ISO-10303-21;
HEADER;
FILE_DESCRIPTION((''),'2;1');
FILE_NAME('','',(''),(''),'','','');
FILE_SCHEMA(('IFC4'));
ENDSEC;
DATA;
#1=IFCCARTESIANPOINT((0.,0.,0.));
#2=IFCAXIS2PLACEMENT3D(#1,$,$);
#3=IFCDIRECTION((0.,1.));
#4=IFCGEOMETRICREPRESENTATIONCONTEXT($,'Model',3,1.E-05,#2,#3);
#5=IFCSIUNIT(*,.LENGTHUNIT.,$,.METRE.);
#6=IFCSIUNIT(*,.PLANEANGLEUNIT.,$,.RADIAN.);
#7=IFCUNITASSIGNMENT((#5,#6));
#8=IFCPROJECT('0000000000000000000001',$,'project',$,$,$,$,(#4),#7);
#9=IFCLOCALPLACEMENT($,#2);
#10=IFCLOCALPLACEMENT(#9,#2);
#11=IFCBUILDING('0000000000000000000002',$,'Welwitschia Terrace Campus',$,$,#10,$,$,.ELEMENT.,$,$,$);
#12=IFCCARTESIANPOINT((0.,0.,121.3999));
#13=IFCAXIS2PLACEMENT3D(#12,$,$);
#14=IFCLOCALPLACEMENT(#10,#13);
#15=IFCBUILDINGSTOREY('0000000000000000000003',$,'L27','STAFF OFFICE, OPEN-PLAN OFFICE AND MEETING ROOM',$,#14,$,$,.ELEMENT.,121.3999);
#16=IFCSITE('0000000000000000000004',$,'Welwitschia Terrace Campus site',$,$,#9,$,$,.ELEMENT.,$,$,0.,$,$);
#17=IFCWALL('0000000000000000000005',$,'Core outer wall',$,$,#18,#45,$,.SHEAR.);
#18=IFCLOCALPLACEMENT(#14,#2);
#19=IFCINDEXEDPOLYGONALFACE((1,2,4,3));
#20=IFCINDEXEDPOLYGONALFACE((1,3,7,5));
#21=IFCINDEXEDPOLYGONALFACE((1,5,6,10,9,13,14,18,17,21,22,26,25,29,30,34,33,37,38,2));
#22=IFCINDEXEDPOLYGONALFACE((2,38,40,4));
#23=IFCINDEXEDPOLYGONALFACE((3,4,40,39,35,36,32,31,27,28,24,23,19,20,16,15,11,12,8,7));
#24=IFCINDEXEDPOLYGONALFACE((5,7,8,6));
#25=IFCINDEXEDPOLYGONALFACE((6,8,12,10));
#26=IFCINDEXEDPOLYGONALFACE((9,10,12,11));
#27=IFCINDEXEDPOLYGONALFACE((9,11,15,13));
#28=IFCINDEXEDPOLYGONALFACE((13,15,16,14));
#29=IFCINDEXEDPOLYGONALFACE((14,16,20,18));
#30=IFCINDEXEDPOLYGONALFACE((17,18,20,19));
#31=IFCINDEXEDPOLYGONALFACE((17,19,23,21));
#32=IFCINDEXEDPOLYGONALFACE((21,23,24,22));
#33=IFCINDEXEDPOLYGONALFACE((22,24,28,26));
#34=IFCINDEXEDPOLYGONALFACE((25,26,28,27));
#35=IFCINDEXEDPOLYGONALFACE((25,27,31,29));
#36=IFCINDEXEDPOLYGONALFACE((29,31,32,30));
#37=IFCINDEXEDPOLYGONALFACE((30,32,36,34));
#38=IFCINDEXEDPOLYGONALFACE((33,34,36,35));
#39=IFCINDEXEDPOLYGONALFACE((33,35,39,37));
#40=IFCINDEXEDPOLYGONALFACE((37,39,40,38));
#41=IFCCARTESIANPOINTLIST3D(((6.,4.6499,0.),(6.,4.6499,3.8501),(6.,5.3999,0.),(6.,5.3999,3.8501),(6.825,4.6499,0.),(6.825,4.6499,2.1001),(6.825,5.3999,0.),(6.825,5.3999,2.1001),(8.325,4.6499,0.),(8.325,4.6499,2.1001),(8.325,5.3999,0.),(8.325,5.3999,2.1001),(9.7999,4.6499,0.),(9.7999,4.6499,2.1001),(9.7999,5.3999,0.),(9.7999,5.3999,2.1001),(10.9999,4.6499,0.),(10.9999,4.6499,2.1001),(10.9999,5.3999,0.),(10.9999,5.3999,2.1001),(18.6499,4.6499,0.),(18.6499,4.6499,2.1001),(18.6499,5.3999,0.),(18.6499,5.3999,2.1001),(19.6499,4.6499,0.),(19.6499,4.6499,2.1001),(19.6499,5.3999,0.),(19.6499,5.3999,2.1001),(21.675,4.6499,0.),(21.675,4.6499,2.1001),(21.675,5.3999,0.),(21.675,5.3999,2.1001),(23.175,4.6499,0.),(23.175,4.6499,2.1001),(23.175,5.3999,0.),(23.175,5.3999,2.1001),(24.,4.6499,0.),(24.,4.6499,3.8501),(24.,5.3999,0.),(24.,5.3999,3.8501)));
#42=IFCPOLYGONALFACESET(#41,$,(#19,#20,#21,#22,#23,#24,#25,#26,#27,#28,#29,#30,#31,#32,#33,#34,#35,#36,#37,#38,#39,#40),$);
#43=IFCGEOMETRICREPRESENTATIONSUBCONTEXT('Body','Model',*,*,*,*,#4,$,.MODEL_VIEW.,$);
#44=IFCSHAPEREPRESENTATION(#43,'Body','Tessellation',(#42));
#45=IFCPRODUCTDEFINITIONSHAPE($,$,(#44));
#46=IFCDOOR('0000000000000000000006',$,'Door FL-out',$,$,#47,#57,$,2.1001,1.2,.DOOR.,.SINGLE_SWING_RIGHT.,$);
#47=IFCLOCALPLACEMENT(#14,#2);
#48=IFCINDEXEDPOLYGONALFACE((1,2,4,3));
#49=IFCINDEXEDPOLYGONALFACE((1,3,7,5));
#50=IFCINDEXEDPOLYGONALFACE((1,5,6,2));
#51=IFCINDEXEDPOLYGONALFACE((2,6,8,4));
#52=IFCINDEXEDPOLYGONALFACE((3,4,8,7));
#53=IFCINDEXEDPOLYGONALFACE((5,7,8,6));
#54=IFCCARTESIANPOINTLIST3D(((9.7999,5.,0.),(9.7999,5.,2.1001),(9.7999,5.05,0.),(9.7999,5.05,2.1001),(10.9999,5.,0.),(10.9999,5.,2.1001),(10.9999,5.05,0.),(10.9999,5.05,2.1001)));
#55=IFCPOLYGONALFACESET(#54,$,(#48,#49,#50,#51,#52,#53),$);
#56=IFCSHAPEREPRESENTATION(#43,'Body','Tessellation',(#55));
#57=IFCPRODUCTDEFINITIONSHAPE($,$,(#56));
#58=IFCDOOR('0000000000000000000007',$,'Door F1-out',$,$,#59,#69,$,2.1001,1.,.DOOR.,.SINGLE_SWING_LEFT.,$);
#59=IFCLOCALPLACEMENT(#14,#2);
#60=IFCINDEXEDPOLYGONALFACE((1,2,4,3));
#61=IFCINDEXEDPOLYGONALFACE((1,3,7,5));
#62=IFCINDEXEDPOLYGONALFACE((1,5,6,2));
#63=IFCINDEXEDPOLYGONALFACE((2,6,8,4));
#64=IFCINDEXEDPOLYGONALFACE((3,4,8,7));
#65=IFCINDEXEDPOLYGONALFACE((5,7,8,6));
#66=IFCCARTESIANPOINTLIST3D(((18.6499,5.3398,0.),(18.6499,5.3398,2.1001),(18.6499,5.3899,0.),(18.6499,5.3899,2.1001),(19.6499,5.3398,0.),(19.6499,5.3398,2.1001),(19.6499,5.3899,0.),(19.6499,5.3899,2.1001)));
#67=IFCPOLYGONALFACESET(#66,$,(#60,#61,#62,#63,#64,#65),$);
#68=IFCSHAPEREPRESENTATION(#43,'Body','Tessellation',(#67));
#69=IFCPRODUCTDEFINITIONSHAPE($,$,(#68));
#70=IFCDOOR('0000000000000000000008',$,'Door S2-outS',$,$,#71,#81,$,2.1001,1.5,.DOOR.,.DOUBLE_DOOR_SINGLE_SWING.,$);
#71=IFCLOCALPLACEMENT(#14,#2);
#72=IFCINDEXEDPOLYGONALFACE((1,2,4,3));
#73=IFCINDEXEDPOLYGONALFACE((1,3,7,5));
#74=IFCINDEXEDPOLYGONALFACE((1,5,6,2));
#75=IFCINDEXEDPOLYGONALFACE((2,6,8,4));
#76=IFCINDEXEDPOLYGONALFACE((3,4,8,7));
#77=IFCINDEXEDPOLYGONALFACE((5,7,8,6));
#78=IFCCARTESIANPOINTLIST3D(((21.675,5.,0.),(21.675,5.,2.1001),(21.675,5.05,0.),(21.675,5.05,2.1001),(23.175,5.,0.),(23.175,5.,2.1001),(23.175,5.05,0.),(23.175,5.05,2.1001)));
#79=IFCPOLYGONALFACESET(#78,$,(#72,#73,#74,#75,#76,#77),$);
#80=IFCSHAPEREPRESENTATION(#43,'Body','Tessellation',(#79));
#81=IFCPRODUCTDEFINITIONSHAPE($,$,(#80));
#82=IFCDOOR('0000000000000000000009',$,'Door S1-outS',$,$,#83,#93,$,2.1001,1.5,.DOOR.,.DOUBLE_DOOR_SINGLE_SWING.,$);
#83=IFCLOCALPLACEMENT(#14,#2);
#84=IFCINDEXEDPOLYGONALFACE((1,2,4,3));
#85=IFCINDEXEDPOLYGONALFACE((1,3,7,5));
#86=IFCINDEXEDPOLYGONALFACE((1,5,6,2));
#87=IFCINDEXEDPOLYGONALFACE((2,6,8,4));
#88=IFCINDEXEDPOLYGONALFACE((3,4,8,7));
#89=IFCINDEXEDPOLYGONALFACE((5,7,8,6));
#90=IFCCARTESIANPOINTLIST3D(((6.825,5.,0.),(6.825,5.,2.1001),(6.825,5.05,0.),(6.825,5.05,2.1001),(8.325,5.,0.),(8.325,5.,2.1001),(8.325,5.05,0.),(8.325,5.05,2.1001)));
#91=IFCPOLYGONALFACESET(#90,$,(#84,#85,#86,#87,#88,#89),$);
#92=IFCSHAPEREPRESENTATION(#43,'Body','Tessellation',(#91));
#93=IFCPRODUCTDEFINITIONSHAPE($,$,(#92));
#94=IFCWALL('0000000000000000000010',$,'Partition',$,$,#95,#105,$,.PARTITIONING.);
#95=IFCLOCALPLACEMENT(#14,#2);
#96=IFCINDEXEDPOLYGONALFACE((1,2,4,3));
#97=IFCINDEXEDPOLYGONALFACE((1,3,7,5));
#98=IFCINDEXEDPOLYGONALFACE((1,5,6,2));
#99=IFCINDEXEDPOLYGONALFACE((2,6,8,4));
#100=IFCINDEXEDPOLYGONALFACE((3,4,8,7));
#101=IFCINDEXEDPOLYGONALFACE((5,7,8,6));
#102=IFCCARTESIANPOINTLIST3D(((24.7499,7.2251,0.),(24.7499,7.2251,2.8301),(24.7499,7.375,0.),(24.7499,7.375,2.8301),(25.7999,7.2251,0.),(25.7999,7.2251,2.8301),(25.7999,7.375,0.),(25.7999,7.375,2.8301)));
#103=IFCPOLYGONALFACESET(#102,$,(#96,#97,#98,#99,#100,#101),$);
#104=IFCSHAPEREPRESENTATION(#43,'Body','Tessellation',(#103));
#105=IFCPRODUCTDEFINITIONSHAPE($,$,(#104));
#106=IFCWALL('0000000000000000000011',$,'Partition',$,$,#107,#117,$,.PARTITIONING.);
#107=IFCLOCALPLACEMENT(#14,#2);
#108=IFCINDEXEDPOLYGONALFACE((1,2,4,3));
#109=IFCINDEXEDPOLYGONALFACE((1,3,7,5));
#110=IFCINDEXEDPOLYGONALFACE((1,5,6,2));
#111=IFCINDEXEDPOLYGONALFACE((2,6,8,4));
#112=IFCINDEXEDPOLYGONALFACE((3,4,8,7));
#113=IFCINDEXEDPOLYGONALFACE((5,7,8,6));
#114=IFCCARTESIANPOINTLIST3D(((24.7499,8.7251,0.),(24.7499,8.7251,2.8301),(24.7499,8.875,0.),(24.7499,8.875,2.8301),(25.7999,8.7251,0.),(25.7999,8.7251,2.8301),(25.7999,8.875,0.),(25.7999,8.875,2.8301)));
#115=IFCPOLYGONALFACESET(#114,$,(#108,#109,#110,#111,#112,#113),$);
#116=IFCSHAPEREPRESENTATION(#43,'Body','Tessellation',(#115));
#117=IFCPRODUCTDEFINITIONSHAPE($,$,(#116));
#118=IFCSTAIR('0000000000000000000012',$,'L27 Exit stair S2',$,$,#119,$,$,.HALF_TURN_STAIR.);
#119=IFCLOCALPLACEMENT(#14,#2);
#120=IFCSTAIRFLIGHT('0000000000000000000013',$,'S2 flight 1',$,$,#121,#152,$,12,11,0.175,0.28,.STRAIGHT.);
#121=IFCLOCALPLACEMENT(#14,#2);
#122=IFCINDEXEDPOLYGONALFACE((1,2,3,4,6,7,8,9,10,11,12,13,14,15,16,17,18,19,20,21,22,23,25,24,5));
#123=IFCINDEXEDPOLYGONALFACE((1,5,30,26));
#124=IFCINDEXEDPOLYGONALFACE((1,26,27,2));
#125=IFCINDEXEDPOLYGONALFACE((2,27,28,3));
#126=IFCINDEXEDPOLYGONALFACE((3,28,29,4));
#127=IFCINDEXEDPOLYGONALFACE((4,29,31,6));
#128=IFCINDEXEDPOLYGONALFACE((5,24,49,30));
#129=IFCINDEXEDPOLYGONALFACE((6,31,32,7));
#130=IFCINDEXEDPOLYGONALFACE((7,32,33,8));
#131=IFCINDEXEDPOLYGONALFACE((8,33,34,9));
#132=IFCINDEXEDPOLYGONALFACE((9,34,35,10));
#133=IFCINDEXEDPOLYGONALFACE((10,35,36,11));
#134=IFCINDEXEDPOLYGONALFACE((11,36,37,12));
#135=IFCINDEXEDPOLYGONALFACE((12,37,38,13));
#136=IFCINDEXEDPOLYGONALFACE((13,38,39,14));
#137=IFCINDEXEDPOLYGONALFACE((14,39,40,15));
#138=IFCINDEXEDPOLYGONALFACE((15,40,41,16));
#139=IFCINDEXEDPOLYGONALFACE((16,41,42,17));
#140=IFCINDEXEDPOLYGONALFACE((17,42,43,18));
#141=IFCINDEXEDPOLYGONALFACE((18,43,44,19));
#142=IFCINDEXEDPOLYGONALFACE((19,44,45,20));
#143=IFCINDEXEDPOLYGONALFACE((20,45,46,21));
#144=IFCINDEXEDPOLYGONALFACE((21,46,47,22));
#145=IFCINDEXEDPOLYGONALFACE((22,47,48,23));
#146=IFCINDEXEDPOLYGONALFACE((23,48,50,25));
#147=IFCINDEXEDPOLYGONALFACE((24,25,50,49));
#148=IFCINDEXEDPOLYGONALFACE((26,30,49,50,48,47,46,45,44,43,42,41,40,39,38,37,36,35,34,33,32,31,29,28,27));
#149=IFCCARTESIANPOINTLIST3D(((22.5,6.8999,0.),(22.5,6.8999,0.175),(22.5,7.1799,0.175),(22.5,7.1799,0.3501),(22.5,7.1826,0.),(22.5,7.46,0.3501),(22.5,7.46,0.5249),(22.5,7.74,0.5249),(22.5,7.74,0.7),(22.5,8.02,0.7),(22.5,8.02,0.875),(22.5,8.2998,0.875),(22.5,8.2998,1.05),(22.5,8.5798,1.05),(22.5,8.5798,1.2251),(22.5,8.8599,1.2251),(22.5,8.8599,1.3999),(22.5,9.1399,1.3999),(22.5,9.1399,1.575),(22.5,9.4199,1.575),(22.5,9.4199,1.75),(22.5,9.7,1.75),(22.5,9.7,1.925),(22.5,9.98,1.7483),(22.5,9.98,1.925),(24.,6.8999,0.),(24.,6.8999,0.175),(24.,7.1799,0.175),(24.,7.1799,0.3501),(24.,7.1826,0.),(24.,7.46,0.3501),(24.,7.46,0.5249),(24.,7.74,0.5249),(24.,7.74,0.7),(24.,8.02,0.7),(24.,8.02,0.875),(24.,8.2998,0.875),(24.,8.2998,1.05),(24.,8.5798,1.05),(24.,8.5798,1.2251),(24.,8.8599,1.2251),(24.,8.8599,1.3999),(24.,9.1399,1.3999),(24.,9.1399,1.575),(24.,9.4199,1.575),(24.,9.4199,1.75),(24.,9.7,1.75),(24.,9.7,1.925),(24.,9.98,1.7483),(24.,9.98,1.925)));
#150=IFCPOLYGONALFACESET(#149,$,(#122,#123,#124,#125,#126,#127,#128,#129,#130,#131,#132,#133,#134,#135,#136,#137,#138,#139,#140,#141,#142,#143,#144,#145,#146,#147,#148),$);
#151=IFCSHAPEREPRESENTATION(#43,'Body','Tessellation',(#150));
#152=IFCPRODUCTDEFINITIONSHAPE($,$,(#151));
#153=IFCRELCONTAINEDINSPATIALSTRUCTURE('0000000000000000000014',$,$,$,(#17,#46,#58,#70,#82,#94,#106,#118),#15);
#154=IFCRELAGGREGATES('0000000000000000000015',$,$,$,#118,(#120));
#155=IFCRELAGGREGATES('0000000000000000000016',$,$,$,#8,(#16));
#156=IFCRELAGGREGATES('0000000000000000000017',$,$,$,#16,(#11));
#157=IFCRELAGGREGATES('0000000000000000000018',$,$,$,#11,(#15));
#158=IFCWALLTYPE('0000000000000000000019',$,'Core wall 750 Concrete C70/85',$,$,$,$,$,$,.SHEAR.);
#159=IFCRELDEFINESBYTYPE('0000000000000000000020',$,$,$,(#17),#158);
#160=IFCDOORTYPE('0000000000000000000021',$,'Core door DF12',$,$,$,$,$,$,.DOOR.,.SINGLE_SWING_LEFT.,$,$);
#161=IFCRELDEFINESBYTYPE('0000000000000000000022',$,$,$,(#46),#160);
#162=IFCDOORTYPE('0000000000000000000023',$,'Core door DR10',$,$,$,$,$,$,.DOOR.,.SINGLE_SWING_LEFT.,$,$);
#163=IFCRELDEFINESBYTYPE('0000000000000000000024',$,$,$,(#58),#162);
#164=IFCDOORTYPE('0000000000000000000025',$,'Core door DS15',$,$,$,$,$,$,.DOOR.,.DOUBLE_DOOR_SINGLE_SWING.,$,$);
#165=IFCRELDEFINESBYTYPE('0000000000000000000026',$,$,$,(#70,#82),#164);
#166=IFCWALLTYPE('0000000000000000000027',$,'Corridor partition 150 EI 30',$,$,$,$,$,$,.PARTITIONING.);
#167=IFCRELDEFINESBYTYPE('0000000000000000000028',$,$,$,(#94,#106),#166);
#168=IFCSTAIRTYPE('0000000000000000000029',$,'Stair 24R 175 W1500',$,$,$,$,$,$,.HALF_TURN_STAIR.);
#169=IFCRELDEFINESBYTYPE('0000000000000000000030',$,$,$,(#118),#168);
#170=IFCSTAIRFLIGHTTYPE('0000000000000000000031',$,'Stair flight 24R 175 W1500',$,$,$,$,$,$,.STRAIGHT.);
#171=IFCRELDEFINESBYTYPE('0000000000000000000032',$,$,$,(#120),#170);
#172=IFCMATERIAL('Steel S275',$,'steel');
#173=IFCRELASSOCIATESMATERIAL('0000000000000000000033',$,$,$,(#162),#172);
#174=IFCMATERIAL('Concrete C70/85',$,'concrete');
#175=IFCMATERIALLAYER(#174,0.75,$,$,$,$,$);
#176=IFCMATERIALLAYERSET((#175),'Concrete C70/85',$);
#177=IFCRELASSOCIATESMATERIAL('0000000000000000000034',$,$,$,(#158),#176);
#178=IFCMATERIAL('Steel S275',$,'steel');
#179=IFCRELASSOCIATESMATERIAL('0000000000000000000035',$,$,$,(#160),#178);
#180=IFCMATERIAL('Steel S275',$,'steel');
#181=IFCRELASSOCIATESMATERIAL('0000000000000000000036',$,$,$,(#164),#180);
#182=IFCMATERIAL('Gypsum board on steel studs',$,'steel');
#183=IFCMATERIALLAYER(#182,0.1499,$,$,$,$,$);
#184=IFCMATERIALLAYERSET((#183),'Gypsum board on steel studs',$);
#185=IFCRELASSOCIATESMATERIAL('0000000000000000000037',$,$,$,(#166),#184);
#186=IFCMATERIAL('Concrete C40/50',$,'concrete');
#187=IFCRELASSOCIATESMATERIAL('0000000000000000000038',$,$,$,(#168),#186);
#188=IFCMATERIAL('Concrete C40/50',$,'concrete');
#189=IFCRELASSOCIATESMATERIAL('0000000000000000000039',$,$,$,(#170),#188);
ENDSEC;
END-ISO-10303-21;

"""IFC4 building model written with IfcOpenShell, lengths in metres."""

from ifc_helpers import new_model, si_unit, direction, frame, frame_2d, origin, place, context, subcontext, project, spatial, polyline, rectangle, outline, extrude, material, layer, layer_set, type_object, element, fill, aggregate, save


model = new_model("IFC4")

# Units and contexts
model_context = context("Model", 3, precision=1e-05, world=origin(), true_north=direction((0.0, 1.0)))
body_context = subcontext(model_context, "Body", "Model", "MODEL_VIEW")
ifc_project = project(units=[si_unit("LENGTHUNIT", "METRE"), si_unit("PLANEANGLEUNIT", "RADIAN")], contexts=[model_context])

# Site, building, storey
site_placement = place(None, origin())
site = spatial("IfcSite", under=ifc_project, at=site_placement, Name="Welwitschia Terrace Campus site", CompositionType="ELEMENT", RefElevation=0.0)
building_placement = place(site_placement, origin())
building = spatial("IfcBuilding", under=site, at=building_placement, Name="Welwitschia Terrace Campus", CompositionType="ELEMENT")
storey_placement = place(building_placement, frame((0.0, 0.0, 121.3999)))
storey = spatial("IfcBuildingStorey", under=building, at=storey_placement, Name="L27", Description="STAFF OFFICE, OPEN-PLAN OFFICE AND MEETING ROOM", CompositionType="ELEMENT", Elevation=121.3999)

# Shared definitions
ifc_material_1 = material(Name="Steel S275", Category="steel")
door_type_1 = type_object("IfcDoorType", Name="Core door DR10", OperationType="SINGLE_SWING_LEFT", PredefinedType="DOOR", material=ifc_material_1)

# Wall, openings, doors
ifc_material_2 = material(Name="Concrete C70/85", Category="concrete")
ifc_layer_1 = layer(ifc_material_2, 0.75)
ifc_layer_set_1 = layer_set([ifc_layer_1], Name="Concrete C70/85")
wall_type_1 = type_object("IfcWallType", Name="Core wall 750 Concrete C70/85", PredefinedType="SHEAR", material=ifc_layer_set_1)
wall_1_placement = place(storey_placement, frame((24.0, 5.0249, 0.0), z_axis=(0.0, 0.0, 1.0), x_axis=(-1.0, 0.0, 0.0)))
wall_1 = element("IfcWall", 1, at=wall_1_placement, inside=storey, type_object=wall_type_1, Name="Core outer wall", PredefinedType="SHEAR", context=body_context, shape_type="SweptSolid", body=[
    extrude(rectangle(XDim=18.0, YDim=0.75, at=frame_2d((9.0, 0.0))), origin(), (0.0, 0.0, 1.0), 3.8501),
])
opening_1_placement = place(wall_1_placement, frame((0.825, 0.0, 0.0)))
opening_1 = element("IfcOpeningElement", 2, at=opening_1_placement, cuts=wall_1, PredefinedType="OPENING", context=body_context, shape_type="SweptSolid", body=[
    extrude(rectangle(XDim=1.5, YDim=2.1001, at=frame_2d((0.75, 1.05))), frame((0.0, 0.385, 0.0), z_axis=(0.0, -1.0, 0.0), x_axis=(1.0, 0.0, 0.0)), (0.0, 0.0, 1.0), 0.77),
])
opening_2_placement = place(wall_1_placement, frame((15.675, 0.0, 0.0)))
opening_2 = element("IfcOpeningElement", 3, at=opening_2_placement, cuts=wall_1, PredefinedType="OPENING", context=body_context, shape_type="SweptSolid", body=[
    extrude(rectangle(XDim=1.5, YDim=2.1001, at=frame_2d((0.75, 1.05))), frame((0.0, 0.385, 0.0), z_axis=(0.0, -1.0, 0.0), x_axis=(1.0, 0.0, 0.0)), (0.0, 0.0, 1.0), 0.77),
])
opening_3_placement = place(wall_1_placement, frame((13.0, 0.0, 0.0)))
opening_3 = element("IfcOpeningElement", 4, at=opening_3_placement, cuts=wall_1, PredefinedType="OPENING", context=body_context, shape_type="SweptSolid", body=[
    extrude(rectangle(XDim=1.2, YDim=2.1001, at=frame_2d((0.6001, 1.05))), frame((0.0, 0.385, 0.0), z_axis=(0.0, -1.0, 0.0), x_axis=(1.0, 0.0, 0.0)), (0.0, 0.0, 1.0), 0.77),
])
opening_4_placement = place(wall_1_placement, frame((4.3501, 0.0, 0.0)))
opening_4 = element("IfcOpeningElement", 5, at=opening_4_placement, cuts=wall_1, PredefinedType="OPENING", context=body_context, shape_type="SweptSolid", body=[
    extrude(rectangle(XDim=1.0, YDim=2.1001, at=frame_2d((0.5, 1.05))), frame((0.0, 0.385, 0.0), z_axis=(0.0, -1.0, 0.0), x_axis=(1.0, 0.0, 0.0)), (0.0, 0.0, 1.0), 0.77),
])
ifc_material_3 = material(Name="Steel S275", Category="steel")
door_type_2 = type_object("IfcDoorType", Name="Core door DF12", OperationType="SINGLE_SWING_LEFT", PredefinedType="DOOR", material=ifc_material_3)
door_1_placement = place(opening_3_placement, origin())
door_1 = element("IfcDoor", 6, at=door_1_placement, inside=storey, type_object=door_type_2, Name="Door FL-out", OperationType="SINGLE_SWING_RIGHT", OverallHeight=2.1001, OverallWidth=1.2, PredefinedType="DOOR", context=body_context, shape_type="SweptSolid", body=[
    extrude(rectangle(XDim=1.2, YDim=2.1001, at=frame_2d((0.6001, 1.05))), frame((0.0, 0.0249, 0.0), z_axis=(0.0, -1.0, 0.0), x_axis=(1.0, 0.0, 0.0)), (0.0, 0.0, 1.0), 0.05),
])
fill(opening_3, door_1)
door_2_placement = place(opening_4_placement, origin())
door_2 = element("IfcDoor", 7, at=door_2_placement, inside=storey, type_object=door_type_1, Name="Door F1-out", OperationType="SINGLE_SWING_LEFT", OverallHeight=2.1001, OverallWidth=1.0, PredefinedType="DOOR", context=body_context, shape_type="SweptSolid", body=[
    extrude(rectangle(XDim=1.0, YDim=2.1001, at=frame_2d((0.5, 1.05))), frame((0.0, -0.3149, 0.0), z_axis=(0.0, -1.0, 0.0), x_axis=(1.0, 0.0, 0.0)), (0.0, 0.0, 1.0), 0.05),
])
fill(opening_4, door_2)
ifc_material_4 = material(Name="Steel S275", Category="steel")
door_type_3 = type_object("IfcDoorType", Name="Core door DS15", OperationType="DOUBLE_DOOR_SINGLE_SWING", PredefinedType="DOOR", material=ifc_material_4)
door_3_placement = place(opening_1_placement, origin())
door_3 = element("IfcDoor", 8, at=door_3_placement, inside=storey, type_object=door_type_3, Name="Door S2-outS", OperationType="DOUBLE_DOOR_SINGLE_SWING", OverallHeight=2.1001, OverallWidth=1.5, PredefinedType="DOOR", context=body_context, shape_type="SweptSolid", body=[
    extrude(rectangle(XDim=1.5, YDim=2.1001, at=frame_2d((0.75, 1.05))), frame((0.0, 0.0249, 0.0), z_axis=(0.0, -1.0, 0.0), x_axis=(1.0, 0.0, 0.0)), (0.0, 0.0, 1.0), 0.05),
])
fill(opening_1, door_3)
door_4_placement = place(opening_2_placement, origin())
door_4 = element("IfcDoor", 9, at=door_4_placement, inside=storey, type_object=door_type_3, Name="Door S1-outS", OperationType="DOUBLE_DOOR_SINGLE_SWING", OverallHeight=2.1001, OverallWidth=1.5, PredefinedType="DOOR", context=body_context, shape_type="SweptSolid", body=[
    extrude(rectangle(XDim=1.5, YDim=2.1001, at=frame_2d((0.75, 1.05))), frame((0.0, 0.0249, 0.0), z_axis=(0.0, -1.0, 0.0), x_axis=(1.0, 0.0, 0.0)), (0.0, 0.0, 1.0), 0.05),
])
fill(opening_2, door_4)

# Walls
ifc_material_5 = material(Name="Gypsum board on steel studs", Category="steel")
ifc_layer_2 = layer(ifc_material_5, 0.1499)
ifc_layer_set_2 = layer_set([ifc_layer_2], Name="Gypsum board on steel studs")
wall_type_2 = type_object("IfcWallType", Name="Corridor partition 150 EI 30", PredefinedType="PARTITIONING", material=ifc_layer_set_2)
for number, where, z_axis, x_axis, name in (
    (10, (24.75, 7.3, 0.0), (0.0, 0.0, 1.0), (1.0, 0.0, 0.0), "Partition"),
    (11, (24.75, 8.8, 0.0), (0.0, 0.0, 1.0), (1.0, 0.0, 0.0), "Partition"),
):
    element("IfcWall", number, at=place(storey_placement, frame(where, z_axis=z_axis, x_axis=x_axis)), inside=storey, type_object=wall_type_2, Name=name, PredefinedType="PARTITIONING", context=body_context, shape_type="SweptSolid", body=[
        extrude(rectangle(XDim=1.05, YDim=0.1499, at=frame_2d((0.5249, 0.0))), origin(), (0.0, 0.0, 1.0), 2.8301),
    ])

# Stair, stair flight
ifc_material_6 = material(Name="Concrete C40/50", Category="concrete")
stair_type = type_object("IfcStairType", Name="Stair 24R 175 W1500", PredefinedType="HALF_TURN_STAIR", material=ifc_material_6)
stair_placement = place(storey_placement, origin())
stair = element("IfcStair", 12, at=stair_placement, inside=storey, type_object=stair_type, Name="L27 Exit stair S2", PredefinedType="HALF_TURN_STAIR")
ifc_material_7 = material(Name="Concrete C40/50", Category="concrete")
stair_flight_type = type_object("IfcStairFlightType", Name="Stair flight 24R 175 W1500", PredefinedType="STRAIGHT", material=ifc_material_7)
stair_flight_1_placement = place(storey_placement, frame((23.25, 6.8999, 0.0), z_axis=(0.0, 0.0, 1.0), x_axis=(0.0, 1.0, 0.0)))
stair_flight_1 = element("IfcStairFlight", 13, at=stair_flight_1_placement, type_object=stair_flight_type, Name="S2 flight 1", NumberOfRisers=12, NumberOfTreads=11, PredefinedType="STRAIGHT", RiserHeight=0.175, TreadLength=0.28, context=body_context, shape_type="SweptSolid", body=[
    extrude(outline(polyline([(0.0, 0.0), (0.0, 0.175), (0.28, 0.175), (0.28, 0.3501), (0.5601, 0.3501), (0.5601, 0.5249), (0.8401, 0.5249), (0.8401, 0.7), (1.1201, 0.7), (1.1201, 0.875), (1.3999, 0.875), (1.3999, 1.05), (1.6799, 1.05), (1.6799, 1.2251), (1.96, 1.2251), (1.96, 1.3999), (2.24, 1.3999), (2.24, 1.575), (2.52, 1.575), (2.52, 1.75), (2.8, 1.75), (2.8, 1.925), (3.0801, 1.925), (3.0801, 2.1001), (3.0801, 1.7483), (0.2827, 0.0), (0.0, 0.0)])), frame((0.0, 0.75, 0.0), z_axis=(0.0, -1.0, 0.0), x_axis=(1.0, 0.0, 0.0)), (0.0, 0.0, 1.0), 1.5),
])
aggregate(stair, [stair_flight_1])

save(model, "model.ifc")
